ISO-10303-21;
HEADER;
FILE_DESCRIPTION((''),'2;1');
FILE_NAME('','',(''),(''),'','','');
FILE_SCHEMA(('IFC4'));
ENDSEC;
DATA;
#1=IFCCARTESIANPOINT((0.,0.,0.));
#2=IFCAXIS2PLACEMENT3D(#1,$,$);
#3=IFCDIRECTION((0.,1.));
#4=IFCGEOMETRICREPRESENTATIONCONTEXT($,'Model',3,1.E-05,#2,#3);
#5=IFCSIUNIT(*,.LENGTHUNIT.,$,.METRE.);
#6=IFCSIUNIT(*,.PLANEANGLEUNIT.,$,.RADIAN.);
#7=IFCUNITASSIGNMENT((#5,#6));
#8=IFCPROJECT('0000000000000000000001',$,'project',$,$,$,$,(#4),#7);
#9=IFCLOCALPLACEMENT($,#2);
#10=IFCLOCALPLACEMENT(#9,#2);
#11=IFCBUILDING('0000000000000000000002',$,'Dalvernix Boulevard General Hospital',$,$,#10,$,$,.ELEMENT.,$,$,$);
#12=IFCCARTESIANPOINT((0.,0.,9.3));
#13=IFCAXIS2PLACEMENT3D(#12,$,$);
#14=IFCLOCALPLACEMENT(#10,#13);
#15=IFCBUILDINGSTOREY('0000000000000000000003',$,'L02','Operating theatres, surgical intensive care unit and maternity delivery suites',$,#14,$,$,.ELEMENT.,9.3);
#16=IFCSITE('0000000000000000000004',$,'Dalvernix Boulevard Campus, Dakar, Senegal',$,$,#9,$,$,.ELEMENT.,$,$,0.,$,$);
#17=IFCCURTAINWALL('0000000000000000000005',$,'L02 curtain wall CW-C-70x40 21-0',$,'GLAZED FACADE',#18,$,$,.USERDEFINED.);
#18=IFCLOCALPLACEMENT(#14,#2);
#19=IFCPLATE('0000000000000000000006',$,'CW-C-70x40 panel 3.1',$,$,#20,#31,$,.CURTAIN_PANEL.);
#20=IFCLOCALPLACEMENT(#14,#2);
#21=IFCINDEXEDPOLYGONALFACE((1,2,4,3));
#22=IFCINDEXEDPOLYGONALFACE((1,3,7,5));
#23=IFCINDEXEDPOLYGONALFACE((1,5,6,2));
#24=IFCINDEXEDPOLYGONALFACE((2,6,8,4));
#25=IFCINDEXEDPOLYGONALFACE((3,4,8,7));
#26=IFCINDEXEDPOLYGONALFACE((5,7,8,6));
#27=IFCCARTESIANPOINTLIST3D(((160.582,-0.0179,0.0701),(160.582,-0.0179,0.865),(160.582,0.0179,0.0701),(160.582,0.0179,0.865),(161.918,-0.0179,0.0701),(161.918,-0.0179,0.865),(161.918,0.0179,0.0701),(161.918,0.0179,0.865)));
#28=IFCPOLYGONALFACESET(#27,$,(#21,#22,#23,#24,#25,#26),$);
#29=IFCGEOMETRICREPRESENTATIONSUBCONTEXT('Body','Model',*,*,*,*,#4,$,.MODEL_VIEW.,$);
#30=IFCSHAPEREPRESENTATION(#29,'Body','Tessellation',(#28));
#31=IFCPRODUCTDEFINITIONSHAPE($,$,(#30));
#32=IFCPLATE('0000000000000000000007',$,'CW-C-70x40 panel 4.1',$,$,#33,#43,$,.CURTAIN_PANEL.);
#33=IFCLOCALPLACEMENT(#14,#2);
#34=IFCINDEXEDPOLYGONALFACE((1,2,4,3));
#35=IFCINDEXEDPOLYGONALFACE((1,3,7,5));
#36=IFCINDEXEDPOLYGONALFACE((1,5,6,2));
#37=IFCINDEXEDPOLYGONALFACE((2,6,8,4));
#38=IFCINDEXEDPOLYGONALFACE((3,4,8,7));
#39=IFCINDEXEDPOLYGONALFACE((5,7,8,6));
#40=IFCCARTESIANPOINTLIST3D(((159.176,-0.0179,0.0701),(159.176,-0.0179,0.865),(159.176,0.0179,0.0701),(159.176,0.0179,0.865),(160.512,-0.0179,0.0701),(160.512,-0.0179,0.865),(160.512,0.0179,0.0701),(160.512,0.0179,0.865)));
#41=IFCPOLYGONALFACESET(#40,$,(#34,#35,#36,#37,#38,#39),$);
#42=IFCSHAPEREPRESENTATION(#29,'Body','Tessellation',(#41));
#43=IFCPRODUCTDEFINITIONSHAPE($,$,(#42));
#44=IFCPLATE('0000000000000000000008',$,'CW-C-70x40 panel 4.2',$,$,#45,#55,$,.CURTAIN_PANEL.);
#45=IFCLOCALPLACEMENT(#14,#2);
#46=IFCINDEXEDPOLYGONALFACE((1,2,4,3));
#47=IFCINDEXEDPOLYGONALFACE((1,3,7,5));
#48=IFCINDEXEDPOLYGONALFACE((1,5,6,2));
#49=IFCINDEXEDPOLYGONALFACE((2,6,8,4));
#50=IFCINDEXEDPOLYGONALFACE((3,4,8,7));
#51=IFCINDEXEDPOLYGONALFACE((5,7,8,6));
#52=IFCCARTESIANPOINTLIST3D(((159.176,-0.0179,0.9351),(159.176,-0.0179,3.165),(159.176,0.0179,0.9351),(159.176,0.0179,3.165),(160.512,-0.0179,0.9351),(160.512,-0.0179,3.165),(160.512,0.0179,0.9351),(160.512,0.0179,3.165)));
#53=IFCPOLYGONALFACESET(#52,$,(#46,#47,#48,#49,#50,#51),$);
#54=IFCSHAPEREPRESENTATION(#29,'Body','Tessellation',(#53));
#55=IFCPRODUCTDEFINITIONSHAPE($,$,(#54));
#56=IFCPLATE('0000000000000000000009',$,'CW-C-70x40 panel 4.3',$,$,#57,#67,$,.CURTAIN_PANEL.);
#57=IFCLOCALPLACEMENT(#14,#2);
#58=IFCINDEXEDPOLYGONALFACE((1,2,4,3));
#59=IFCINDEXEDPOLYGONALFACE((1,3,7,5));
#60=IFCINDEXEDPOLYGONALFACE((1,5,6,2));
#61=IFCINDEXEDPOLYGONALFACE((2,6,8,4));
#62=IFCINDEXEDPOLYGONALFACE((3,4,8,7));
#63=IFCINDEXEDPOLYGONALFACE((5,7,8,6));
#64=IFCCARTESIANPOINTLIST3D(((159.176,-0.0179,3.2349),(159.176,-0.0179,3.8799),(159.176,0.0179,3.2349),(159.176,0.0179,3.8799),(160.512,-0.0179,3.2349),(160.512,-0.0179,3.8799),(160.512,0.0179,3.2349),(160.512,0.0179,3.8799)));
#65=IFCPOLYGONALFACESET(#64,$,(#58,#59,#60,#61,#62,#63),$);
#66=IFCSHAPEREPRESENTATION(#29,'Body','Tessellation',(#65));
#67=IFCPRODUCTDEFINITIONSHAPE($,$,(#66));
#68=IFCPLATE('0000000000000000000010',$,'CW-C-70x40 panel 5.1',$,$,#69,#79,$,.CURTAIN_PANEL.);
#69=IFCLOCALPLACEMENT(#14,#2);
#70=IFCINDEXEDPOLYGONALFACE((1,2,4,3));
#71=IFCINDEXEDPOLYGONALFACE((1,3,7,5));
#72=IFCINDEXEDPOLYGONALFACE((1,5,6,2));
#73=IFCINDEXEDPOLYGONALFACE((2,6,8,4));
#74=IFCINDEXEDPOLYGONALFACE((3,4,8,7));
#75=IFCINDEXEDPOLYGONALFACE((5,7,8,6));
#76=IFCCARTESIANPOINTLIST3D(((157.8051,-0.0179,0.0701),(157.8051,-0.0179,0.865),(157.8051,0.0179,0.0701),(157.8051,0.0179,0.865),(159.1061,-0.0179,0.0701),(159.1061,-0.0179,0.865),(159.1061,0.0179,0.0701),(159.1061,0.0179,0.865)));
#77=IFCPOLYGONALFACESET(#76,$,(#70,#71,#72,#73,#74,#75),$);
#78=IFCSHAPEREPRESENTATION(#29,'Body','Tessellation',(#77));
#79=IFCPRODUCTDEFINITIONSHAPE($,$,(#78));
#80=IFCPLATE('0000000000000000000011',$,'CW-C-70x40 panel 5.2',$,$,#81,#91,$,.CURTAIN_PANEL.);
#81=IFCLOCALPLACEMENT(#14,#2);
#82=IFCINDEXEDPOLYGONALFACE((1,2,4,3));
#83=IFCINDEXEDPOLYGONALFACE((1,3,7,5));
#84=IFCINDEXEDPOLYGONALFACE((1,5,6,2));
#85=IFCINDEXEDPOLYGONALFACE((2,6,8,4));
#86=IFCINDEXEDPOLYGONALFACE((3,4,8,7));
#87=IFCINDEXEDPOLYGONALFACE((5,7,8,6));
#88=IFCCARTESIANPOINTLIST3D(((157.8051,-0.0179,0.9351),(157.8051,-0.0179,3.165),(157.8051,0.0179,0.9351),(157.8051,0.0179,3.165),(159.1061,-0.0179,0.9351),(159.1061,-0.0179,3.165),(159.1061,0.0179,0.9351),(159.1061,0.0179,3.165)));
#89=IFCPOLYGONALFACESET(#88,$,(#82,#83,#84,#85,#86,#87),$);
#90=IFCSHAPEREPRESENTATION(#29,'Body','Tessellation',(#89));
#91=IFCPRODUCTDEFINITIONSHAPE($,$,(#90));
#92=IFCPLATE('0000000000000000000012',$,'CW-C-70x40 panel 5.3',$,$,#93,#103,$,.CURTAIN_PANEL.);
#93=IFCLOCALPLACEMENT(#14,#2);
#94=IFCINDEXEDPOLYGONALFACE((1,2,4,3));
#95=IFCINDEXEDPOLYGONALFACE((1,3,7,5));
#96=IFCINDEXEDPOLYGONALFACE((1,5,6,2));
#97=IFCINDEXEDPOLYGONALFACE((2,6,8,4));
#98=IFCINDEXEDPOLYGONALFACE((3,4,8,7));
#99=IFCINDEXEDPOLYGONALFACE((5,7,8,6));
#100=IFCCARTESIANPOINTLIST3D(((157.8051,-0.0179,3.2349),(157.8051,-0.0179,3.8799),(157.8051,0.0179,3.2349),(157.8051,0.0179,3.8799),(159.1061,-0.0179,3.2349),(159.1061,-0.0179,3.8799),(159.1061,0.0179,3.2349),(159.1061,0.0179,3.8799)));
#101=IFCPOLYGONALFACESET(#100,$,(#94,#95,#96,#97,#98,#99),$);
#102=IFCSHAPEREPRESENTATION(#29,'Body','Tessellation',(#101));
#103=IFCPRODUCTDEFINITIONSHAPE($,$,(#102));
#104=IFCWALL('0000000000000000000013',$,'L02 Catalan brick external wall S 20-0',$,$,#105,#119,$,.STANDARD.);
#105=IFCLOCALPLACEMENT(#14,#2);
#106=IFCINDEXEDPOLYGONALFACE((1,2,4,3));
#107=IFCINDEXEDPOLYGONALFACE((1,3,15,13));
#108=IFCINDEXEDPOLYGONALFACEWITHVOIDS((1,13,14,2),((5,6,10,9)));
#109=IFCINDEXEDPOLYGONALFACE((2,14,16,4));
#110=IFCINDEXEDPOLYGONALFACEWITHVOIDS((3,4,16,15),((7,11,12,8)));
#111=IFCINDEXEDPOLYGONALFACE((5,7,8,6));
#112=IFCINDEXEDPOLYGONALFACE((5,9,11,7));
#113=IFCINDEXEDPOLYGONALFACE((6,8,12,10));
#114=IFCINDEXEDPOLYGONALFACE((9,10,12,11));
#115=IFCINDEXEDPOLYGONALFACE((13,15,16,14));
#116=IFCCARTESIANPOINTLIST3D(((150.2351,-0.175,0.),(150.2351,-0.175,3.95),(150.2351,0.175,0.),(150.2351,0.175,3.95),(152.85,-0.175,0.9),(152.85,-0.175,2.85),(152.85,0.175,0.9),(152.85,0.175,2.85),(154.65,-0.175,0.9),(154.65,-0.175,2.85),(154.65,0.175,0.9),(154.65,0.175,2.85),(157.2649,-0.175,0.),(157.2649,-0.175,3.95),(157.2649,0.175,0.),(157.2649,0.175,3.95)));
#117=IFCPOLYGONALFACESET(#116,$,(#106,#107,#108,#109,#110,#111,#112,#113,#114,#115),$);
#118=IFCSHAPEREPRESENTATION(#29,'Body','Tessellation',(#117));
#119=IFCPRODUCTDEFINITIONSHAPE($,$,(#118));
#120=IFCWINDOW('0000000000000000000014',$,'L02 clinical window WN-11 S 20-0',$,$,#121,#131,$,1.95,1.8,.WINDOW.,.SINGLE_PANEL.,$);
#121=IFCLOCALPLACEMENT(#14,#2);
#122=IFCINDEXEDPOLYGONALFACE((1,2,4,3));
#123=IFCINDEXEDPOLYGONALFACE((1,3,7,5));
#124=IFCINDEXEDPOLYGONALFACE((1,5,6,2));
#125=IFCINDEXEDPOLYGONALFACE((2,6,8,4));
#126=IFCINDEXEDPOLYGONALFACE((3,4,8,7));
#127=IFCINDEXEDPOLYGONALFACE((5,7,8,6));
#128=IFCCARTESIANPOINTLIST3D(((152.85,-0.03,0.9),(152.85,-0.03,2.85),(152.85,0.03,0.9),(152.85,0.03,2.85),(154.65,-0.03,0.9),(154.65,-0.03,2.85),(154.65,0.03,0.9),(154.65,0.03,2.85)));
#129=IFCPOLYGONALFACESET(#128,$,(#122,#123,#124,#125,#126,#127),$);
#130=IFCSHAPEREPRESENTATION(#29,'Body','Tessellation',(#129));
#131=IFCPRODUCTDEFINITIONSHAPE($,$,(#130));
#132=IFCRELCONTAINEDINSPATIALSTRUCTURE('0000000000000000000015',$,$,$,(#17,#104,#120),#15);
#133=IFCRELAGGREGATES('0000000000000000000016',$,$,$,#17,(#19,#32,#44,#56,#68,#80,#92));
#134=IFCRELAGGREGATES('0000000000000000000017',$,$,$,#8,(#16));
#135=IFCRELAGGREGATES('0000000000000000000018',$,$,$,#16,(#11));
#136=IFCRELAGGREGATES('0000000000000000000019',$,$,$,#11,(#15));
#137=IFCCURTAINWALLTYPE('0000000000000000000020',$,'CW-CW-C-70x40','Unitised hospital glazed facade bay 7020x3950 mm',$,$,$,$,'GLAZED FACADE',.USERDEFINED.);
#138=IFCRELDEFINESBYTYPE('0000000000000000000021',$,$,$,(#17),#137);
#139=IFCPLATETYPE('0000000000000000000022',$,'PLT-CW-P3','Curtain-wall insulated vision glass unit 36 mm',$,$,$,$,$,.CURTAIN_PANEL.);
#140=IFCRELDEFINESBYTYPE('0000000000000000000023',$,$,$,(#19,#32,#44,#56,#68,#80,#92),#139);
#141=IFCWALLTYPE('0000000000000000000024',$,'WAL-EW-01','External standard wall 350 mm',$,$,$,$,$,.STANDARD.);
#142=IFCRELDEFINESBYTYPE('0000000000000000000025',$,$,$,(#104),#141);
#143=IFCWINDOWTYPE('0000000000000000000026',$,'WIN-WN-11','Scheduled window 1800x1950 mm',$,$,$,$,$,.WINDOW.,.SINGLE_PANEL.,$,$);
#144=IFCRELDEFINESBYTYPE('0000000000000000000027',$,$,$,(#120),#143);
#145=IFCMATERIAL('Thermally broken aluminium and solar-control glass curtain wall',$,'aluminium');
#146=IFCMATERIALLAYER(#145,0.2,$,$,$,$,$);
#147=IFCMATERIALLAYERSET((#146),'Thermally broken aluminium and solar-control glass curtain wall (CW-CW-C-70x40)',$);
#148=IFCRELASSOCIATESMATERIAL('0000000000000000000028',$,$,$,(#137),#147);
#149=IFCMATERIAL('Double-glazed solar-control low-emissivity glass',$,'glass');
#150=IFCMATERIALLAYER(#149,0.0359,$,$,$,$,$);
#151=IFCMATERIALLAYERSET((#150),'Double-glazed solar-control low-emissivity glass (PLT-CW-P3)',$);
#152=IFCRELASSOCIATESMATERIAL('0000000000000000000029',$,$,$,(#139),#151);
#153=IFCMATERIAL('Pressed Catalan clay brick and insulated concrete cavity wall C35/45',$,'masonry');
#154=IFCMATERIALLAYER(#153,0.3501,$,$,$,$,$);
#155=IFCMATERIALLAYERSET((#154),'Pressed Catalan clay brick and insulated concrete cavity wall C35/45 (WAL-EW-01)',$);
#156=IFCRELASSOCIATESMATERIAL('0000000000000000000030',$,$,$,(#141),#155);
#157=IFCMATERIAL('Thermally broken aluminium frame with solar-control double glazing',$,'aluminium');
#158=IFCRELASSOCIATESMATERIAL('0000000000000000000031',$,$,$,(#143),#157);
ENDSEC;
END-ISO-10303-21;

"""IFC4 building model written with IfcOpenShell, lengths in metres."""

from ifc_helpers import new_model, si_unit, direction, frame, frame_2d, origin, origin_2d, place, context, subcontext, project, spatial, rectangle, extrude, material, layer, layer_set, type_object, element, fill, aggregate, save


model = new_model("IFC4")

# Units and contexts
model_context = context("Model", 3, precision=1e-05, world=origin(), true_north=direction((0.0, 1.0)))
body_context = subcontext(model_context, "Body", "Model", "MODEL_VIEW")
ifc_project = project(units=[si_unit("LENGTHUNIT", "METRE"), si_unit("PLANEANGLEUNIT", "RADIAN")], contexts=[model_context])

# Site, building, storey
site_placement = place(None, origin())
site = spatial("IfcSite", under=ifc_project, at=site_placement, Name="Dalvernix Boulevard Campus, Dakar, Senegal", CompositionType="ELEMENT", RefElevation=0.0)
building_placement = place(site_placement, origin())
building = spatial("IfcBuilding", under=site, at=building_placement, Name="Dalvernix Boulevard General Hospital", CompositionType="ELEMENT")
storey_placement = place(building_placement, frame((0.0, 0.0, 9.3)))
storey = spatial("IfcBuildingStorey", under=building, at=storey_placement, Name="L02", Description="Operating theatres, surgical intensive care unit and maternity delivery suites", CompositionType="ELEMENT", Elevation=9.3)

# Curtain wall, plates
ifc_material_1 = material(Name="Thermally broken aluminium and solar-control glass curtain wall", Category="aluminium")
ifc_layer_1 = layer(ifc_material_1, 0.2)
ifc_layer_set_1 = layer_set([ifc_layer_1], Name="Thermally broken aluminium and solar-control glass curtain wall (CW-CW-C-70x40)")
curtain_wall_type = type_object("IfcCurtainWallType", Name="CW-CW-C-70x40", Description="Unitised hospital glazed facade bay 7020x3950 mm", ElementType="GLAZED FACADE", PredefinedType="USERDEFINED", material=ifc_layer_set_1)
curtain_wall_placement = place(storey_placement, origin())
curtain_wall = element("IfcCurtainWall", 1, at=curtain_wall_placement, inside=storey, type_object=curtain_wall_type, Name="L02 curtain wall CW-C-70x40 21-0", ObjectType="GLAZED FACADE", PredefinedType="USERDEFINED")
ifc_material_2 = material(Name="Double-glazed solar-control low-emissivity glass", Category="glass")
ifc_layer_2 = layer(ifc_material_2, 0.0359)
ifc_layer_set_2 = layer_set([ifc_layer_2], Name="Double-glazed solar-control low-emissivity glass (PLT-CW-P3)")
plate_type = type_object("IfcPlateType", Name="PLT-CW-P3", Description="Curtain-wall insulated vision glass unit 36 mm", PredefinedType="CURTAIN_PANEL", material=ifc_layer_set_2)
plate_1_placement = place(storey_placement, frame((161.25, 0.0, 0.0701), z_axis=(0.0, 0.0, 1.0), x_axis=(-1.0, 0.0, 0.0)))
plate_1 = element("IfcPlate", 2, at=plate_1_placement, type_object=plate_type, Name="CW-C-70x40 panel 3.1", PredefinedType="CURTAIN_PANEL", context=body_context, shape_type="SweptSolid", body=[
    extrude(rectangle(XDim=1.3359, YDim=0.0359, at=origin_2d()), origin(), (0.0, 0.0, 1.0), 0.7949),
])
plate_2_placement = place(storey_placement, frame((159.844, 0.0, 0.0701), z_axis=(0.0, 0.0, 1.0), x_axis=(-1.0, 0.0, 0.0)))
plate_2 = element("IfcPlate", 3, at=plate_2_placement, type_object=plate_type, Name="CW-C-70x40 panel 4.1", PredefinedType="CURTAIN_PANEL", context=body_context, shape_type="SweptSolid", body=[
    extrude(rectangle(XDim=1.3359, YDim=0.0359, at=origin_2d()), origin(), (0.0, 0.0, 1.0), 0.7949),
])
plate_3_placement = place(storey_placement, frame((159.844, 0.0, 0.9351), z_axis=(0.0, 0.0, 1.0), x_axis=(-1.0, 0.0, 0.0)))
plate_3 = element("IfcPlate", 4, at=plate_3_placement, type_object=plate_type, Name="CW-C-70x40 panel 4.2", PredefinedType="CURTAIN_PANEL", context=body_context, shape_type="SweptSolid", body=[
    extrude(rectangle(XDim=1.3359, YDim=0.0359, at=origin_2d()), origin(), (0.0, 0.0, 1.0), 2.23),
])
plate_4_placement = place(storey_placement, frame((159.844, 0.0, 3.2349), z_axis=(0.0, 0.0, 1.0), x_axis=(-1.0, 0.0, 0.0)))
plate_4 = element("IfcPlate", 5, at=plate_4_placement, type_object=plate_type, Name="CW-C-70x40 panel 4.3", PredefinedType="CURTAIN_PANEL", context=body_context, shape_type="SweptSolid", body=[
    extrude(rectangle(XDim=1.3359, YDim=0.0359, at=origin_2d()), origin(), (0.0, 0.0, 1.0), 0.645),
])
plate_5_placement = place(storey_placement, frame((158.4556, 0.0, 0.0701), z_axis=(0.0, 0.0, 1.0), x_axis=(-1.0, 0.0, 0.0)))
plate_5 = element("IfcPlate", 6, at=plate_5_placement, type_object=plate_type, Name="CW-C-70x40 panel 5.1", PredefinedType="CURTAIN_PANEL", context=body_context, shape_type="SweptSolid", body=[
    extrude(rectangle(XDim=1.301, YDim=0.0359, at=origin_2d()), origin(), (0.0, 0.0, 1.0), 0.7949),
])
plate_6_placement = place(storey_placement, frame((158.4556, 0.0, 0.9351), z_axis=(0.0, 0.0, 1.0), x_axis=(-1.0, 0.0, 0.0)))
plate_6 = element("IfcPlate", 7, at=plate_6_placement, type_object=plate_type, Name="CW-C-70x40 panel 5.2", PredefinedType="CURTAIN_PANEL", context=body_context, shape_type="SweptSolid", body=[
    extrude(rectangle(XDim=1.301, YDim=0.0359, at=origin_2d()), origin(), (0.0, 0.0, 1.0), 2.23),
])
plate_7_placement = place(storey_placement, frame((158.4556, 0.0, 3.2349), z_axis=(0.0, 0.0, 1.0), x_axis=(-1.0, 0.0, 0.0)))
plate_7 = element("IfcPlate", 8, at=plate_7_placement, type_object=plate_type, Name="CW-C-70x40 panel 5.3", PredefinedType="CURTAIN_PANEL", context=body_context, shape_type="SweptSolid", body=[
    extrude(rectangle(XDim=1.301, YDim=0.0359, at=origin_2d()), origin(), (0.0, 0.0, 1.0), 0.645),
])
aggregate(curtain_wall, [plate_1, plate_2, plate_3, plate_4, plate_5, plate_6, plate_7])

# Wall, opening, window
ifc_material_3 = material(Name="Pressed Catalan clay brick and insulated concrete cavity wall C35/45", Category="masonry")
ifc_layer_3 = layer(ifc_material_3, 0.3501)
ifc_layer_set_3 = layer_set([ifc_layer_3], Name="Pressed Catalan clay brick and insulated concrete cavity wall C35/45 (WAL-EW-01)")
wall_type = type_object("IfcWallType", Name="WAL-EW-01", Description="External standard wall 350 mm", PredefinedType="STANDARD", material=ifc_layer_set_3)
wall_placement = place(storey_placement, frame((157.2649, 0.0, 0.0), z_axis=(0.0, 0.0, 1.0), x_axis=(-1.0, 0.0, 0.0)))
wall = element("IfcWall", 9, at=wall_placement, inside=storey, type_object=wall_type, Name="L02 Catalan brick external wall S 20-0", PredefinedType="STANDARD", context=body_context, shape_type="SweptSolid", body=[
    extrude(rectangle(XDim=7.0298, YDim=0.3501, at=frame_2d((3.5149, 0.0))), origin(), (0.0, 0.0, 1.0), 3.95),
])
opening_placement = place(wall_placement, frame((2.615, 0.0, 0.8999)))
opening = element("IfcOpeningElement", 10, at=opening_placement, cuts=wall, PredefinedType="OPENING", context=body_context, shape_type="SweptSolid", body=[
    extrude(rectangle(XDim=1.8, YDim=1.95, at=frame_2d((0.8999, 0.9751))), frame((0.0, 0.1851, 0.0), z_axis=(0.0, -1.0, 0.0), x_axis=(1.0, 0.0, 0.0)), (0.0, 0.0, 1.0), 0.3701),
])
ifc_material_4 = material(Name="Thermally broken aluminium frame with solar-control double glazing", Category="aluminium")
window_type = type_object("IfcWindowType", Name="WIN-WN-11", Description="Scheduled window 1800x1950 mm", PartitioningType="SINGLE_PANEL", PredefinedType="WINDOW", material=ifc_material_4)
window_placement = place(opening_placement, origin())
window = element("IfcWindow", 11, at=window_placement, inside=storey, type_object=window_type, Name="L02 clinical window WN-11 S 20-0", OverallHeight=1.95, OverallWidth=1.8, PartitioningType="SINGLE_PANEL", PredefinedType="WINDOW", context=body_context, shape_type="SweptSolid", body=[
    extrude(rectangle(XDim=1.8, YDim=1.95, at=frame_2d((0.8999, 0.9751))), frame((0.0, 0.03, 0.0), z_axis=(0.0, -1.0, 0.0), x_axis=(1.0, 0.0, 0.0)), (0.0, 0.0, 1.0), 0.0601),
])
fill(opening, window)

save(model, "model.ifc")
